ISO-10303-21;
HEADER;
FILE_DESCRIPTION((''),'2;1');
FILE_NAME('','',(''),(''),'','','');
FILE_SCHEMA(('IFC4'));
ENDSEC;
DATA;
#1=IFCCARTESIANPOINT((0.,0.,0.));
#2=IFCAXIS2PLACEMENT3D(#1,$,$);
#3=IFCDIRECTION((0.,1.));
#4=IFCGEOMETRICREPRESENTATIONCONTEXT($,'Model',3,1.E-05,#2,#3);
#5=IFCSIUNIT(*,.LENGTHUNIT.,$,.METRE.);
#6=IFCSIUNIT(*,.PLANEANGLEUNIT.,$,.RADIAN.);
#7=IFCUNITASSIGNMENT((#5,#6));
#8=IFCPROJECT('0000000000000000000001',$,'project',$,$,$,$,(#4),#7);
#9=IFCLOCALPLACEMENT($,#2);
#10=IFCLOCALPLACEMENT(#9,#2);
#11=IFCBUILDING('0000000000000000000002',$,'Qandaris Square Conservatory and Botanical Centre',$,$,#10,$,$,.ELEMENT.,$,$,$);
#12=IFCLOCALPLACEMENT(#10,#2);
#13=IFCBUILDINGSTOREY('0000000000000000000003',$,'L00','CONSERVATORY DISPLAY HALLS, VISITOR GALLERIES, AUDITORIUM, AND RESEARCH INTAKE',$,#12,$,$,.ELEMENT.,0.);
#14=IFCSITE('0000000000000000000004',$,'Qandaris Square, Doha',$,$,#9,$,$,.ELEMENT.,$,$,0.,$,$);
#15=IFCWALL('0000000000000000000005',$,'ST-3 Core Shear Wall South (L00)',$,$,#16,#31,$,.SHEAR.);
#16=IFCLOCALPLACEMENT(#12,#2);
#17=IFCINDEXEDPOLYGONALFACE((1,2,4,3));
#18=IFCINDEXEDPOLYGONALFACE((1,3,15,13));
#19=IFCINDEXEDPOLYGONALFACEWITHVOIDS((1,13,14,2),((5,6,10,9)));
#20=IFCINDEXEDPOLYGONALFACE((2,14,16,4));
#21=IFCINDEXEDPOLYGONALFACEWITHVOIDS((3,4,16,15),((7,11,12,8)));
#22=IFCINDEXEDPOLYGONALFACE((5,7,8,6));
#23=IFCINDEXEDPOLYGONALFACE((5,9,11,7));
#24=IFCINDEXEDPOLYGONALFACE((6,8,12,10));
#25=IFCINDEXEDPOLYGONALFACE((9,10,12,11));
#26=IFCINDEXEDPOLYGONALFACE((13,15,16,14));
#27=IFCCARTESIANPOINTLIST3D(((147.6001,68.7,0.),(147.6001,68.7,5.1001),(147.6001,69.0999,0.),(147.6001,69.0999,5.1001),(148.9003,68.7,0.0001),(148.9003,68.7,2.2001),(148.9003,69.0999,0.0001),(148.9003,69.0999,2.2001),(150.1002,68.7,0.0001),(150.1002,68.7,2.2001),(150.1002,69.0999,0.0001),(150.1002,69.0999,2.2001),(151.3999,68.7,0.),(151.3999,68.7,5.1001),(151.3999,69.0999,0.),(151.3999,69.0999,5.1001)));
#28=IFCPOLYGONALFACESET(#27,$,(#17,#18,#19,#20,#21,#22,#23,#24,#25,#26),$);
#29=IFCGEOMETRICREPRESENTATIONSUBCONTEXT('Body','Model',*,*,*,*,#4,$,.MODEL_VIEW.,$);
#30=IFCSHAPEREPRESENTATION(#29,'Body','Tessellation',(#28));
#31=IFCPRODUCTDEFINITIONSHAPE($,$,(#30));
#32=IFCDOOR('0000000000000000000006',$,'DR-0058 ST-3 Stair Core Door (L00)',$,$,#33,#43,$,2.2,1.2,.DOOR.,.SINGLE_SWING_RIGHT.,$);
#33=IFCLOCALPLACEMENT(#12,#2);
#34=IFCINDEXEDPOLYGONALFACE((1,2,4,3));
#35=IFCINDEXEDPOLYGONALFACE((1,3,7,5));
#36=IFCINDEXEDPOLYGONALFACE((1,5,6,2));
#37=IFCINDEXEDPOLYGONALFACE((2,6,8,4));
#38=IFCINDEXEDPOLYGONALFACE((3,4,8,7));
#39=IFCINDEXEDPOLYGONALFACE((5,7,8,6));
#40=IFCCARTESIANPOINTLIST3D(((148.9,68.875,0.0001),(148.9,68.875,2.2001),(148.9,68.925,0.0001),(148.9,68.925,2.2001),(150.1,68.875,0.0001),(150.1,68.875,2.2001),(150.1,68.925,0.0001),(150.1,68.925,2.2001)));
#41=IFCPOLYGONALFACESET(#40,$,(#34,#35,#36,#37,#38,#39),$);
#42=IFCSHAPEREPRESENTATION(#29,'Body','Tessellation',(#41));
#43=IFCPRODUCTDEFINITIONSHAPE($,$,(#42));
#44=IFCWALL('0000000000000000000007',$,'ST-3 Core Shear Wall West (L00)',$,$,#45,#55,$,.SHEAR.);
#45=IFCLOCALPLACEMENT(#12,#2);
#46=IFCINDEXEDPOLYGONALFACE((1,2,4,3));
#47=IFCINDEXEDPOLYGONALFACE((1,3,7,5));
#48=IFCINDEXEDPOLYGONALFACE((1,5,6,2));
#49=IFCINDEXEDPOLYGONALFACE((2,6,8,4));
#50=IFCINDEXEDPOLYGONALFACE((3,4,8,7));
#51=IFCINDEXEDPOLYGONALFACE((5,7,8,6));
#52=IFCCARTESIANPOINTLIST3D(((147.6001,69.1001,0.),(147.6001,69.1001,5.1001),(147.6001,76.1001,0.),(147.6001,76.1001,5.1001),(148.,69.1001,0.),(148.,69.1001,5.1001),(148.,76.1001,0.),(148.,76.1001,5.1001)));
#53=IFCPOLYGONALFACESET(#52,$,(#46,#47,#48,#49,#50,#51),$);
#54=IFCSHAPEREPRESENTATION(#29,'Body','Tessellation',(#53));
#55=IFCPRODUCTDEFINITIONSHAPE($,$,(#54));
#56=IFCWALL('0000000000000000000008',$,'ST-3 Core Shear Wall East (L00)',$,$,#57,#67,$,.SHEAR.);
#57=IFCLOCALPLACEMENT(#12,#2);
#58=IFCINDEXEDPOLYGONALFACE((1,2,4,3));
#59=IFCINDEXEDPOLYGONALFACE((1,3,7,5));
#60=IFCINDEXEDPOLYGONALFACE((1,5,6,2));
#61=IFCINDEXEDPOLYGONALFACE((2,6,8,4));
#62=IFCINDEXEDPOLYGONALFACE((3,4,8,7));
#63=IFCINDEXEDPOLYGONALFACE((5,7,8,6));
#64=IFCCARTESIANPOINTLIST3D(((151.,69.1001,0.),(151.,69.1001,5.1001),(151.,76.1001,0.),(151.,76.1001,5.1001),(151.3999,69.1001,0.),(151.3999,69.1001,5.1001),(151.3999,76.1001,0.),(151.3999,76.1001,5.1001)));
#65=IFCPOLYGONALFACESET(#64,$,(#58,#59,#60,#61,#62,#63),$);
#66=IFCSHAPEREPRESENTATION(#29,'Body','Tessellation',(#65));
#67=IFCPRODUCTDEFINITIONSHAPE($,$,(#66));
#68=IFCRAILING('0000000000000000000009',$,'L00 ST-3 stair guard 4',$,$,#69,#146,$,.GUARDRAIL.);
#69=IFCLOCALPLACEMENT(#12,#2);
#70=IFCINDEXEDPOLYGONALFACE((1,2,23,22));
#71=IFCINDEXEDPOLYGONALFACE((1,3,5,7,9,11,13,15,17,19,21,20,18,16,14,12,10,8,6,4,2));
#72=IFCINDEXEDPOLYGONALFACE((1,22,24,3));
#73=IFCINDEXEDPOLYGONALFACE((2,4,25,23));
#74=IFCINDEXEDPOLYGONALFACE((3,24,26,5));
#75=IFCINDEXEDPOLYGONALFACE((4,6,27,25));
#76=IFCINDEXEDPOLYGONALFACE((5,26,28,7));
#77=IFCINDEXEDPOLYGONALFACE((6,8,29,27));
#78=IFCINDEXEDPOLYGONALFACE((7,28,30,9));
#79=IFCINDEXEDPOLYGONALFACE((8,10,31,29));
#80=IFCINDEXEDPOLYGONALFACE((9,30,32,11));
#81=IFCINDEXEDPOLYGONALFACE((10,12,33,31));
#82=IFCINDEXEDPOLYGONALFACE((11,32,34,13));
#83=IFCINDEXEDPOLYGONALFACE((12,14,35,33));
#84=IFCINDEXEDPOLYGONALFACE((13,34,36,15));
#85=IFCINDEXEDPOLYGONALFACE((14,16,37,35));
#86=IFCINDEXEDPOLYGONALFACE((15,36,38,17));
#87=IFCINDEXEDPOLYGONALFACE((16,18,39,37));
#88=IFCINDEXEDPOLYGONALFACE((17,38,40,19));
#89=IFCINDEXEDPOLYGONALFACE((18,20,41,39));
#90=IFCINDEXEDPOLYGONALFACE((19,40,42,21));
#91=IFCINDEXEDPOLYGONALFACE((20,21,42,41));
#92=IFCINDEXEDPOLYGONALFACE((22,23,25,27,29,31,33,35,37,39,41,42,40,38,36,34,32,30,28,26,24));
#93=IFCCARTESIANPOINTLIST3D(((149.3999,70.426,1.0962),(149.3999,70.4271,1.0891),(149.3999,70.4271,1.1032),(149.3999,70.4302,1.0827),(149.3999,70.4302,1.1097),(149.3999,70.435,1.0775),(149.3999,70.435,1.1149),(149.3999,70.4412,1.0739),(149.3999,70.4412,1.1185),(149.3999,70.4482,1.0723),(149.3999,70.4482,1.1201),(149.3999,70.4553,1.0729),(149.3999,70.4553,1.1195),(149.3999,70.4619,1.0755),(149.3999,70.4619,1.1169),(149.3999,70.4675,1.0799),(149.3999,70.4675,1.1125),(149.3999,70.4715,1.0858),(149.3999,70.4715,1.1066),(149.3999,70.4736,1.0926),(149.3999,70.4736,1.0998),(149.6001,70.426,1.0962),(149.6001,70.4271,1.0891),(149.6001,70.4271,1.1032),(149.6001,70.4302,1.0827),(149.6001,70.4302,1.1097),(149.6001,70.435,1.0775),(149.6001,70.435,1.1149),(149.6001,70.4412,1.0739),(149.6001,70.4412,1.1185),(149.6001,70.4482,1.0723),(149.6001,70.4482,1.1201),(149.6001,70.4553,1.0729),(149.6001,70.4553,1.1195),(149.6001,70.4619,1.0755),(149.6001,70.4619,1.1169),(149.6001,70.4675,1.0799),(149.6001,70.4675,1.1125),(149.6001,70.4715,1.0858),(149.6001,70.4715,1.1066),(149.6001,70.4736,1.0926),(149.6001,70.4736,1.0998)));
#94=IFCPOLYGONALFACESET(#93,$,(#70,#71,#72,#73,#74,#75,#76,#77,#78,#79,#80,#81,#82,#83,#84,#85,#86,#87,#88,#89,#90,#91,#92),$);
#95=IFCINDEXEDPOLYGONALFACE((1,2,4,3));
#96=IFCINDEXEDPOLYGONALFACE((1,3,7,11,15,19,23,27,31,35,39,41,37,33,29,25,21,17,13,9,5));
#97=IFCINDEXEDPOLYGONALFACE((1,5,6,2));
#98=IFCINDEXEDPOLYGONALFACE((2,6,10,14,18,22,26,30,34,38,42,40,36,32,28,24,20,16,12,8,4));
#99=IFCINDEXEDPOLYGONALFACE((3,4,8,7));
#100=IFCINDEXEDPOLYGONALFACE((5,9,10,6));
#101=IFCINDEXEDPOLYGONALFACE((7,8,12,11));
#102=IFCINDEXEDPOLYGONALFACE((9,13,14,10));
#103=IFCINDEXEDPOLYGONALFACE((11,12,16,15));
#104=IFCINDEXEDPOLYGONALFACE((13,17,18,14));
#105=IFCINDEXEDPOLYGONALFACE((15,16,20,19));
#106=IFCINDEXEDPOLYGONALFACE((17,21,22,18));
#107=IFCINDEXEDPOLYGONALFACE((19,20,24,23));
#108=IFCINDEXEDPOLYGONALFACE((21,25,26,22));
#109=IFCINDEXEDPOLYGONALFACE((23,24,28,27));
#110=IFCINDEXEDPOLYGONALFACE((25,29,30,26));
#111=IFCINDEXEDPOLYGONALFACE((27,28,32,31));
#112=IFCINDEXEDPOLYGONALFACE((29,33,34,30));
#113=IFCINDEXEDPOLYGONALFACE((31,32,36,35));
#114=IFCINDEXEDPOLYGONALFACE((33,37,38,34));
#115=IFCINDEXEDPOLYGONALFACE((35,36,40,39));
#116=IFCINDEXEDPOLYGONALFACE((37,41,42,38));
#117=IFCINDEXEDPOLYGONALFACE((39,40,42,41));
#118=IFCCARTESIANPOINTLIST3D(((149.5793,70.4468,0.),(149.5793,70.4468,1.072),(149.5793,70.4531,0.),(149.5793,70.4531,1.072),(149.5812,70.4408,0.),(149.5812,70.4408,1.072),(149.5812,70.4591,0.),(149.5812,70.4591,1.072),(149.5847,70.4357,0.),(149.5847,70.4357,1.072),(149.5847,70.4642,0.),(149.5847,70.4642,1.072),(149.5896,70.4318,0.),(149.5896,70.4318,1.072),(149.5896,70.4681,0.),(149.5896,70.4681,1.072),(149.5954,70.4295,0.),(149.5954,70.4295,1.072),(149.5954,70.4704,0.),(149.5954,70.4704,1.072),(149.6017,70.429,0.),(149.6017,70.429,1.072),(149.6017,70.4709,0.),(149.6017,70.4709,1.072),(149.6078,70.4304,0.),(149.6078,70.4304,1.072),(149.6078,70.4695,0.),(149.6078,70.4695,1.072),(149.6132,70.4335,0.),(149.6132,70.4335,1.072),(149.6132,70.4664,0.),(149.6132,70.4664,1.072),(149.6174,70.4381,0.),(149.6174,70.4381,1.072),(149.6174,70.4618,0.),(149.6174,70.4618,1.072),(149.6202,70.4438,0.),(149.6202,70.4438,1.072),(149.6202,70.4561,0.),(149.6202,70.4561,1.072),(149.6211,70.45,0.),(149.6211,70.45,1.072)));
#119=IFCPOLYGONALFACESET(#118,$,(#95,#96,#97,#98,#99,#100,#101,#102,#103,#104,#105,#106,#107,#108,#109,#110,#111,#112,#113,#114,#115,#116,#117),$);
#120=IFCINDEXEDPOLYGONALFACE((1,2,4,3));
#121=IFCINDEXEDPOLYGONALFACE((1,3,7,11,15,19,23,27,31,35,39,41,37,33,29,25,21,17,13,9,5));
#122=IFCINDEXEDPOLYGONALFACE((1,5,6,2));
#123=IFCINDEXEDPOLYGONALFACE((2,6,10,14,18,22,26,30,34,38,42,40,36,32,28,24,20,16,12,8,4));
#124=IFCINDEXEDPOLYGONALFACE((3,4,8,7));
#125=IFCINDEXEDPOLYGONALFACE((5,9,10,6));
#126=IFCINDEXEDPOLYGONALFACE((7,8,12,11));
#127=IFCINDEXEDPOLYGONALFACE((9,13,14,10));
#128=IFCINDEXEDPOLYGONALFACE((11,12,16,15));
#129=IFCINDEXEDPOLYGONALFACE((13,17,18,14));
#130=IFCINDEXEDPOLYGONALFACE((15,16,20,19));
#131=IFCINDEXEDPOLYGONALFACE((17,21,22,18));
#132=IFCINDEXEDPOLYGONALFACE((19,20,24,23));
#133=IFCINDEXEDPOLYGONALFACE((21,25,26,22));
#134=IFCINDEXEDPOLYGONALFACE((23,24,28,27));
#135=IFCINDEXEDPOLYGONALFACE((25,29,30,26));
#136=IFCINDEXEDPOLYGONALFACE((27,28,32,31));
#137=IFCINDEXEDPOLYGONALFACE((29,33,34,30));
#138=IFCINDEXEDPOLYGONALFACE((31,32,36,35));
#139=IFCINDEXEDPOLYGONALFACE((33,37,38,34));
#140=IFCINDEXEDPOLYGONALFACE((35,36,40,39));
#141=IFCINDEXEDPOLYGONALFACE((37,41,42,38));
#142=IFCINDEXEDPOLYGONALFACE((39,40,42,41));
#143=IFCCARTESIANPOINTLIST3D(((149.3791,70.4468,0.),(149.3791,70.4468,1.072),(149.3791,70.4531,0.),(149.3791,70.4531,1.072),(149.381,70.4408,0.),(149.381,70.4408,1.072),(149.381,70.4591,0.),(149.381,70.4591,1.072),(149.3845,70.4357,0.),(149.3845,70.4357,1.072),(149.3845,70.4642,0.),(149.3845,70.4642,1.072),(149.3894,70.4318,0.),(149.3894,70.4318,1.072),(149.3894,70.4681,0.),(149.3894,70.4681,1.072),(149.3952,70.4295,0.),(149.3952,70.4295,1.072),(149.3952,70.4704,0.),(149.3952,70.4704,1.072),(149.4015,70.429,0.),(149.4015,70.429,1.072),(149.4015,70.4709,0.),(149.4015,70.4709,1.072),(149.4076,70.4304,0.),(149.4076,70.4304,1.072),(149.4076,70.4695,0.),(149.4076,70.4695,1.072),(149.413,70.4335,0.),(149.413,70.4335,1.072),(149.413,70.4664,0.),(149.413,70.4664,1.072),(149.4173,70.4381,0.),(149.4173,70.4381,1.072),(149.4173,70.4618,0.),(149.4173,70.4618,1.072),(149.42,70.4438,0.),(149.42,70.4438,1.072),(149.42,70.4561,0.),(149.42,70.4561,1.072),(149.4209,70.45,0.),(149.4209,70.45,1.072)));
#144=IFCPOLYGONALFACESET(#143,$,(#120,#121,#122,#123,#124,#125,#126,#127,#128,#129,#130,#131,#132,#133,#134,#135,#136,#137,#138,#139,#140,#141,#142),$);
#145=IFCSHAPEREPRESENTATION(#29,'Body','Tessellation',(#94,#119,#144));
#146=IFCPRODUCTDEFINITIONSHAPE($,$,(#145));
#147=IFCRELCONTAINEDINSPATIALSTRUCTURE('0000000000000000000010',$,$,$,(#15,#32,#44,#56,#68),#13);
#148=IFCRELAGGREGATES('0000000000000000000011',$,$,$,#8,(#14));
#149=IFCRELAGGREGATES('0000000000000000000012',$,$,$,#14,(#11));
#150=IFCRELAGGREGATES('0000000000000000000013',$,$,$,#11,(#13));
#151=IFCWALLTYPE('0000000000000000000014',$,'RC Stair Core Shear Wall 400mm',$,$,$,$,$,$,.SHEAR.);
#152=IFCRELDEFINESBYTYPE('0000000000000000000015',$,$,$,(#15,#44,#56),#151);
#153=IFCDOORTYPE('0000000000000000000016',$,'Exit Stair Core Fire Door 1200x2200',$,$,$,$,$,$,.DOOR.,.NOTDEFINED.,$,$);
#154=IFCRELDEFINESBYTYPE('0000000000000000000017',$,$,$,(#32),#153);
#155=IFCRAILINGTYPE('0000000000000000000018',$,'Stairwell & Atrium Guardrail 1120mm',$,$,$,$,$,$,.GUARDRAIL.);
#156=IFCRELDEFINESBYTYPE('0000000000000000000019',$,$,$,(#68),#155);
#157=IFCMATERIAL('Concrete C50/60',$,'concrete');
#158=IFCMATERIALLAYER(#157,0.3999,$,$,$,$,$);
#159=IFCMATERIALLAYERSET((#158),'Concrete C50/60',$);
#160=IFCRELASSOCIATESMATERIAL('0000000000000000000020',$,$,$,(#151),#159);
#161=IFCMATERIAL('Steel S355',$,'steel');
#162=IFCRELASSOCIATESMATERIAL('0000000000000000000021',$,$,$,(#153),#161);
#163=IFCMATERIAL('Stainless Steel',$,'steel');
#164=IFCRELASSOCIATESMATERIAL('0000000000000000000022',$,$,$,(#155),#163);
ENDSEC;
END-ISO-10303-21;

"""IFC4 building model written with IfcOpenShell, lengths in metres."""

from ifc_helpers import new_model, si_unit, direction, frame, frame_2d, origin, origin_2d, place, context, subcontext, project, spatial, rectangle, circle, extrude, material, layer, layer_set, type_object, element, fill, save


model = new_model("IFC4")

# Units and contexts
model_context = context("Model", 3, precision=1e-05, world=origin(), true_north=direction((0.0, 1.0)))
body_context = subcontext(model_context, "Body", "Model", "MODEL_VIEW")
ifc_project = project(units=[si_unit("LENGTHUNIT", "METRE"), si_unit("PLANEANGLEUNIT", "RADIAN")], contexts=[model_context])

# Site, building, storey
site_placement = place(None, origin())
site = spatial("IfcSite", under=ifc_project, at=site_placement, Name="Qandaris Square, Doha", CompositionType="ELEMENT", RefElevation=0.0)
building_placement = place(site_placement, origin())
building = spatial("IfcBuilding", under=site, at=building_placement, Name="Qandaris Square Conservatory and Botanical Centre", CompositionType="ELEMENT")
storey_placement = place(building_placement, origin())
storey = spatial("IfcBuildingStorey", under=building, at=storey_placement, Name="L00", Description="CONSERVATORY DISPLAY HALLS, VISITOR GALLERIES, AUDITORIUM, AND RESEARCH INTAKE", CompositionType="ELEMENT", Elevation=0.0)

# Shared definitions
ifc_material_1 = material(Name="Concrete C50/60", Category="concrete")

# Shared definitions
ifc_material_2 = material(Name="Steel S355", Category="steel")

# Wall, opening, door
ifc_layer_1 = layer(ifc_material_1, 0.3999)
ifc_layer_set_1 = layer_set([ifc_layer_1], Name="Concrete C50/60")
wall_type_1 = type_object("IfcWallType", Name="RC Stair Core Shear Wall 400mm", PredefinedType="SHEAR", material=ifc_layer_set_1)
wall_1_placement = place(storey_placement, frame((147.6001, 68.8999, 0.0), z_axis=(0.0, 0.0, 1.0), x_axis=(1.0, 0.0, 0.0)))
wall_1 = element("IfcWall", 1, at=wall_1_placement, inside=storey, type_object=wall_type_1, Name="ST-3 Core Shear Wall South (L00)", PredefinedType="SHEAR", context=body_context, shape_type="SweptSolid", body=[
    extrude(rectangle(XDim=3.7998, YDim=0.3999, at=frame_2d((1.8999, 0.0))), origin(), (0.0, 0.0, 1.0), 5.1001),
])
opening_1_placement = place(wall_1_placement, frame((1.3, 0.0, 0.0)))
opening_1 = element("IfcOpeningElement", 2, at=opening_1_placement, cuts=wall_1, PredefinedType="OPENING", context=body_context, shape_type="SweptSolid", body=[
    extrude(rectangle(XDim=1.2, YDim=2.2, at=frame_2d((0.6001, 1.1001))), frame((0.0, 0.2119, 0.0), z_axis=(0.0, -1.0, 0.0), x_axis=(1.0, 0.0, 0.0)), (0.0, 0.0, 1.0), 0.4238),
])
door_type_1 = type_object("IfcDoorType", Name="Exit Stair Core Fire Door 1200x2200", OperationType="NOTDEFINED", PredefinedType="DOOR", material=ifc_material_2)
door_1_placement = place(opening_1_placement, frame((1.2, 0.0, 0.0), z_axis=(0.0, 0.0, 1.0), x_axis=(-1.0, 0.0, 0.0)))
door_1 = element("IfcDoor", 3, at=door_1_placement, inside=storey, type_object=door_type_1, Name="DR-0058 ST-3 Stair Core Door (L00)", OperationType="SINGLE_SWING_RIGHT", OverallHeight=2.2, OverallWidth=1.2, PredefinedType="DOOR", context=body_context, shape_type="SweptSolid", body=[
    extrude(rectangle(XDim=1.2, YDim=2.2, at=frame_2d((0.6001, 1.1001))), frame((0.0, 0.0249, 0.0), z_axis=(0.0, -1.0, 0.0), x_axis=(1.0, 0.0, 0.0)), (0.0, 0.0, 1.0), 0.05),
])
fill(opening_1, door_1)

# Walls
for number, where, z_axis, x_axis, name in (
    (4, (147.8, 69.1001, 0.0), (0.0, 0.0, 1.0), (0.0, 1.0, 0.0), "ST-3 Core Shear Wall West (L00)"),
    (5, (151.2, 69.1001, 0.0), (0.0, 0.0, 1.0), (0.0, 1.0, 0.0), "ST-3 Core Shear Wall East (L00)"),
):
    element("IfcWall", number, at=place(storey_placement, frame(where, z_axis=z_axis, x_axis=x_axis)), inside=storey, type_object=wall_type_1, Name=name, PredefinedType="SHEAR", context=body_context, shape_type="SweptSolid", body=[
        extrude(rectangle(XDim=7.0, YDim=0.3999, at=frame_2d((3.5, 0.0))), origin(), (0.0, 0.0, 1.0), 5.1001),
    ])

# Railing
ifc_material_3 = material(Name="Stainless Steel", Category="steel")
railing_type = type_object("IfcRailingType", Name="Stairwell & Atrium Guardrail 1120mm", PredefinedType="GUARDRAIL", material=ifc_material_3)
railing_placement = place(storey_placement, frame((149.6001, 70.45, 0.0)))
element("IfcRailing", 6, at=railing_placement, inside=storey, type_object=railing_type, Name="L00 ST-3 stair guard 4", PredefinedType="GUARDRAIL", context=body_context, shape_type="SweptSolid", body=[
    extrude(circle(Radius=0.0239, at=origin_2d()), frame((0.0, 0.0, 1.0962), z_axis=(-1.0, 0.0, 0.0), x_axis=(0.0, -1.0, 0.0)), (0.0, 0.0, 1.0), 0.2002),
    extrude(circle(Radius=0.021, at=origin_2d()), origin(), (0.0, 0.0, 1.0), 1.072),
    extrude(circle(Radius=0.021, at=origin_2d()), frame((-0.2002, 0.0, 0.0)), (0.0, 0.0, 1.0), 1.072),
])

save(model, "model.ifc")
